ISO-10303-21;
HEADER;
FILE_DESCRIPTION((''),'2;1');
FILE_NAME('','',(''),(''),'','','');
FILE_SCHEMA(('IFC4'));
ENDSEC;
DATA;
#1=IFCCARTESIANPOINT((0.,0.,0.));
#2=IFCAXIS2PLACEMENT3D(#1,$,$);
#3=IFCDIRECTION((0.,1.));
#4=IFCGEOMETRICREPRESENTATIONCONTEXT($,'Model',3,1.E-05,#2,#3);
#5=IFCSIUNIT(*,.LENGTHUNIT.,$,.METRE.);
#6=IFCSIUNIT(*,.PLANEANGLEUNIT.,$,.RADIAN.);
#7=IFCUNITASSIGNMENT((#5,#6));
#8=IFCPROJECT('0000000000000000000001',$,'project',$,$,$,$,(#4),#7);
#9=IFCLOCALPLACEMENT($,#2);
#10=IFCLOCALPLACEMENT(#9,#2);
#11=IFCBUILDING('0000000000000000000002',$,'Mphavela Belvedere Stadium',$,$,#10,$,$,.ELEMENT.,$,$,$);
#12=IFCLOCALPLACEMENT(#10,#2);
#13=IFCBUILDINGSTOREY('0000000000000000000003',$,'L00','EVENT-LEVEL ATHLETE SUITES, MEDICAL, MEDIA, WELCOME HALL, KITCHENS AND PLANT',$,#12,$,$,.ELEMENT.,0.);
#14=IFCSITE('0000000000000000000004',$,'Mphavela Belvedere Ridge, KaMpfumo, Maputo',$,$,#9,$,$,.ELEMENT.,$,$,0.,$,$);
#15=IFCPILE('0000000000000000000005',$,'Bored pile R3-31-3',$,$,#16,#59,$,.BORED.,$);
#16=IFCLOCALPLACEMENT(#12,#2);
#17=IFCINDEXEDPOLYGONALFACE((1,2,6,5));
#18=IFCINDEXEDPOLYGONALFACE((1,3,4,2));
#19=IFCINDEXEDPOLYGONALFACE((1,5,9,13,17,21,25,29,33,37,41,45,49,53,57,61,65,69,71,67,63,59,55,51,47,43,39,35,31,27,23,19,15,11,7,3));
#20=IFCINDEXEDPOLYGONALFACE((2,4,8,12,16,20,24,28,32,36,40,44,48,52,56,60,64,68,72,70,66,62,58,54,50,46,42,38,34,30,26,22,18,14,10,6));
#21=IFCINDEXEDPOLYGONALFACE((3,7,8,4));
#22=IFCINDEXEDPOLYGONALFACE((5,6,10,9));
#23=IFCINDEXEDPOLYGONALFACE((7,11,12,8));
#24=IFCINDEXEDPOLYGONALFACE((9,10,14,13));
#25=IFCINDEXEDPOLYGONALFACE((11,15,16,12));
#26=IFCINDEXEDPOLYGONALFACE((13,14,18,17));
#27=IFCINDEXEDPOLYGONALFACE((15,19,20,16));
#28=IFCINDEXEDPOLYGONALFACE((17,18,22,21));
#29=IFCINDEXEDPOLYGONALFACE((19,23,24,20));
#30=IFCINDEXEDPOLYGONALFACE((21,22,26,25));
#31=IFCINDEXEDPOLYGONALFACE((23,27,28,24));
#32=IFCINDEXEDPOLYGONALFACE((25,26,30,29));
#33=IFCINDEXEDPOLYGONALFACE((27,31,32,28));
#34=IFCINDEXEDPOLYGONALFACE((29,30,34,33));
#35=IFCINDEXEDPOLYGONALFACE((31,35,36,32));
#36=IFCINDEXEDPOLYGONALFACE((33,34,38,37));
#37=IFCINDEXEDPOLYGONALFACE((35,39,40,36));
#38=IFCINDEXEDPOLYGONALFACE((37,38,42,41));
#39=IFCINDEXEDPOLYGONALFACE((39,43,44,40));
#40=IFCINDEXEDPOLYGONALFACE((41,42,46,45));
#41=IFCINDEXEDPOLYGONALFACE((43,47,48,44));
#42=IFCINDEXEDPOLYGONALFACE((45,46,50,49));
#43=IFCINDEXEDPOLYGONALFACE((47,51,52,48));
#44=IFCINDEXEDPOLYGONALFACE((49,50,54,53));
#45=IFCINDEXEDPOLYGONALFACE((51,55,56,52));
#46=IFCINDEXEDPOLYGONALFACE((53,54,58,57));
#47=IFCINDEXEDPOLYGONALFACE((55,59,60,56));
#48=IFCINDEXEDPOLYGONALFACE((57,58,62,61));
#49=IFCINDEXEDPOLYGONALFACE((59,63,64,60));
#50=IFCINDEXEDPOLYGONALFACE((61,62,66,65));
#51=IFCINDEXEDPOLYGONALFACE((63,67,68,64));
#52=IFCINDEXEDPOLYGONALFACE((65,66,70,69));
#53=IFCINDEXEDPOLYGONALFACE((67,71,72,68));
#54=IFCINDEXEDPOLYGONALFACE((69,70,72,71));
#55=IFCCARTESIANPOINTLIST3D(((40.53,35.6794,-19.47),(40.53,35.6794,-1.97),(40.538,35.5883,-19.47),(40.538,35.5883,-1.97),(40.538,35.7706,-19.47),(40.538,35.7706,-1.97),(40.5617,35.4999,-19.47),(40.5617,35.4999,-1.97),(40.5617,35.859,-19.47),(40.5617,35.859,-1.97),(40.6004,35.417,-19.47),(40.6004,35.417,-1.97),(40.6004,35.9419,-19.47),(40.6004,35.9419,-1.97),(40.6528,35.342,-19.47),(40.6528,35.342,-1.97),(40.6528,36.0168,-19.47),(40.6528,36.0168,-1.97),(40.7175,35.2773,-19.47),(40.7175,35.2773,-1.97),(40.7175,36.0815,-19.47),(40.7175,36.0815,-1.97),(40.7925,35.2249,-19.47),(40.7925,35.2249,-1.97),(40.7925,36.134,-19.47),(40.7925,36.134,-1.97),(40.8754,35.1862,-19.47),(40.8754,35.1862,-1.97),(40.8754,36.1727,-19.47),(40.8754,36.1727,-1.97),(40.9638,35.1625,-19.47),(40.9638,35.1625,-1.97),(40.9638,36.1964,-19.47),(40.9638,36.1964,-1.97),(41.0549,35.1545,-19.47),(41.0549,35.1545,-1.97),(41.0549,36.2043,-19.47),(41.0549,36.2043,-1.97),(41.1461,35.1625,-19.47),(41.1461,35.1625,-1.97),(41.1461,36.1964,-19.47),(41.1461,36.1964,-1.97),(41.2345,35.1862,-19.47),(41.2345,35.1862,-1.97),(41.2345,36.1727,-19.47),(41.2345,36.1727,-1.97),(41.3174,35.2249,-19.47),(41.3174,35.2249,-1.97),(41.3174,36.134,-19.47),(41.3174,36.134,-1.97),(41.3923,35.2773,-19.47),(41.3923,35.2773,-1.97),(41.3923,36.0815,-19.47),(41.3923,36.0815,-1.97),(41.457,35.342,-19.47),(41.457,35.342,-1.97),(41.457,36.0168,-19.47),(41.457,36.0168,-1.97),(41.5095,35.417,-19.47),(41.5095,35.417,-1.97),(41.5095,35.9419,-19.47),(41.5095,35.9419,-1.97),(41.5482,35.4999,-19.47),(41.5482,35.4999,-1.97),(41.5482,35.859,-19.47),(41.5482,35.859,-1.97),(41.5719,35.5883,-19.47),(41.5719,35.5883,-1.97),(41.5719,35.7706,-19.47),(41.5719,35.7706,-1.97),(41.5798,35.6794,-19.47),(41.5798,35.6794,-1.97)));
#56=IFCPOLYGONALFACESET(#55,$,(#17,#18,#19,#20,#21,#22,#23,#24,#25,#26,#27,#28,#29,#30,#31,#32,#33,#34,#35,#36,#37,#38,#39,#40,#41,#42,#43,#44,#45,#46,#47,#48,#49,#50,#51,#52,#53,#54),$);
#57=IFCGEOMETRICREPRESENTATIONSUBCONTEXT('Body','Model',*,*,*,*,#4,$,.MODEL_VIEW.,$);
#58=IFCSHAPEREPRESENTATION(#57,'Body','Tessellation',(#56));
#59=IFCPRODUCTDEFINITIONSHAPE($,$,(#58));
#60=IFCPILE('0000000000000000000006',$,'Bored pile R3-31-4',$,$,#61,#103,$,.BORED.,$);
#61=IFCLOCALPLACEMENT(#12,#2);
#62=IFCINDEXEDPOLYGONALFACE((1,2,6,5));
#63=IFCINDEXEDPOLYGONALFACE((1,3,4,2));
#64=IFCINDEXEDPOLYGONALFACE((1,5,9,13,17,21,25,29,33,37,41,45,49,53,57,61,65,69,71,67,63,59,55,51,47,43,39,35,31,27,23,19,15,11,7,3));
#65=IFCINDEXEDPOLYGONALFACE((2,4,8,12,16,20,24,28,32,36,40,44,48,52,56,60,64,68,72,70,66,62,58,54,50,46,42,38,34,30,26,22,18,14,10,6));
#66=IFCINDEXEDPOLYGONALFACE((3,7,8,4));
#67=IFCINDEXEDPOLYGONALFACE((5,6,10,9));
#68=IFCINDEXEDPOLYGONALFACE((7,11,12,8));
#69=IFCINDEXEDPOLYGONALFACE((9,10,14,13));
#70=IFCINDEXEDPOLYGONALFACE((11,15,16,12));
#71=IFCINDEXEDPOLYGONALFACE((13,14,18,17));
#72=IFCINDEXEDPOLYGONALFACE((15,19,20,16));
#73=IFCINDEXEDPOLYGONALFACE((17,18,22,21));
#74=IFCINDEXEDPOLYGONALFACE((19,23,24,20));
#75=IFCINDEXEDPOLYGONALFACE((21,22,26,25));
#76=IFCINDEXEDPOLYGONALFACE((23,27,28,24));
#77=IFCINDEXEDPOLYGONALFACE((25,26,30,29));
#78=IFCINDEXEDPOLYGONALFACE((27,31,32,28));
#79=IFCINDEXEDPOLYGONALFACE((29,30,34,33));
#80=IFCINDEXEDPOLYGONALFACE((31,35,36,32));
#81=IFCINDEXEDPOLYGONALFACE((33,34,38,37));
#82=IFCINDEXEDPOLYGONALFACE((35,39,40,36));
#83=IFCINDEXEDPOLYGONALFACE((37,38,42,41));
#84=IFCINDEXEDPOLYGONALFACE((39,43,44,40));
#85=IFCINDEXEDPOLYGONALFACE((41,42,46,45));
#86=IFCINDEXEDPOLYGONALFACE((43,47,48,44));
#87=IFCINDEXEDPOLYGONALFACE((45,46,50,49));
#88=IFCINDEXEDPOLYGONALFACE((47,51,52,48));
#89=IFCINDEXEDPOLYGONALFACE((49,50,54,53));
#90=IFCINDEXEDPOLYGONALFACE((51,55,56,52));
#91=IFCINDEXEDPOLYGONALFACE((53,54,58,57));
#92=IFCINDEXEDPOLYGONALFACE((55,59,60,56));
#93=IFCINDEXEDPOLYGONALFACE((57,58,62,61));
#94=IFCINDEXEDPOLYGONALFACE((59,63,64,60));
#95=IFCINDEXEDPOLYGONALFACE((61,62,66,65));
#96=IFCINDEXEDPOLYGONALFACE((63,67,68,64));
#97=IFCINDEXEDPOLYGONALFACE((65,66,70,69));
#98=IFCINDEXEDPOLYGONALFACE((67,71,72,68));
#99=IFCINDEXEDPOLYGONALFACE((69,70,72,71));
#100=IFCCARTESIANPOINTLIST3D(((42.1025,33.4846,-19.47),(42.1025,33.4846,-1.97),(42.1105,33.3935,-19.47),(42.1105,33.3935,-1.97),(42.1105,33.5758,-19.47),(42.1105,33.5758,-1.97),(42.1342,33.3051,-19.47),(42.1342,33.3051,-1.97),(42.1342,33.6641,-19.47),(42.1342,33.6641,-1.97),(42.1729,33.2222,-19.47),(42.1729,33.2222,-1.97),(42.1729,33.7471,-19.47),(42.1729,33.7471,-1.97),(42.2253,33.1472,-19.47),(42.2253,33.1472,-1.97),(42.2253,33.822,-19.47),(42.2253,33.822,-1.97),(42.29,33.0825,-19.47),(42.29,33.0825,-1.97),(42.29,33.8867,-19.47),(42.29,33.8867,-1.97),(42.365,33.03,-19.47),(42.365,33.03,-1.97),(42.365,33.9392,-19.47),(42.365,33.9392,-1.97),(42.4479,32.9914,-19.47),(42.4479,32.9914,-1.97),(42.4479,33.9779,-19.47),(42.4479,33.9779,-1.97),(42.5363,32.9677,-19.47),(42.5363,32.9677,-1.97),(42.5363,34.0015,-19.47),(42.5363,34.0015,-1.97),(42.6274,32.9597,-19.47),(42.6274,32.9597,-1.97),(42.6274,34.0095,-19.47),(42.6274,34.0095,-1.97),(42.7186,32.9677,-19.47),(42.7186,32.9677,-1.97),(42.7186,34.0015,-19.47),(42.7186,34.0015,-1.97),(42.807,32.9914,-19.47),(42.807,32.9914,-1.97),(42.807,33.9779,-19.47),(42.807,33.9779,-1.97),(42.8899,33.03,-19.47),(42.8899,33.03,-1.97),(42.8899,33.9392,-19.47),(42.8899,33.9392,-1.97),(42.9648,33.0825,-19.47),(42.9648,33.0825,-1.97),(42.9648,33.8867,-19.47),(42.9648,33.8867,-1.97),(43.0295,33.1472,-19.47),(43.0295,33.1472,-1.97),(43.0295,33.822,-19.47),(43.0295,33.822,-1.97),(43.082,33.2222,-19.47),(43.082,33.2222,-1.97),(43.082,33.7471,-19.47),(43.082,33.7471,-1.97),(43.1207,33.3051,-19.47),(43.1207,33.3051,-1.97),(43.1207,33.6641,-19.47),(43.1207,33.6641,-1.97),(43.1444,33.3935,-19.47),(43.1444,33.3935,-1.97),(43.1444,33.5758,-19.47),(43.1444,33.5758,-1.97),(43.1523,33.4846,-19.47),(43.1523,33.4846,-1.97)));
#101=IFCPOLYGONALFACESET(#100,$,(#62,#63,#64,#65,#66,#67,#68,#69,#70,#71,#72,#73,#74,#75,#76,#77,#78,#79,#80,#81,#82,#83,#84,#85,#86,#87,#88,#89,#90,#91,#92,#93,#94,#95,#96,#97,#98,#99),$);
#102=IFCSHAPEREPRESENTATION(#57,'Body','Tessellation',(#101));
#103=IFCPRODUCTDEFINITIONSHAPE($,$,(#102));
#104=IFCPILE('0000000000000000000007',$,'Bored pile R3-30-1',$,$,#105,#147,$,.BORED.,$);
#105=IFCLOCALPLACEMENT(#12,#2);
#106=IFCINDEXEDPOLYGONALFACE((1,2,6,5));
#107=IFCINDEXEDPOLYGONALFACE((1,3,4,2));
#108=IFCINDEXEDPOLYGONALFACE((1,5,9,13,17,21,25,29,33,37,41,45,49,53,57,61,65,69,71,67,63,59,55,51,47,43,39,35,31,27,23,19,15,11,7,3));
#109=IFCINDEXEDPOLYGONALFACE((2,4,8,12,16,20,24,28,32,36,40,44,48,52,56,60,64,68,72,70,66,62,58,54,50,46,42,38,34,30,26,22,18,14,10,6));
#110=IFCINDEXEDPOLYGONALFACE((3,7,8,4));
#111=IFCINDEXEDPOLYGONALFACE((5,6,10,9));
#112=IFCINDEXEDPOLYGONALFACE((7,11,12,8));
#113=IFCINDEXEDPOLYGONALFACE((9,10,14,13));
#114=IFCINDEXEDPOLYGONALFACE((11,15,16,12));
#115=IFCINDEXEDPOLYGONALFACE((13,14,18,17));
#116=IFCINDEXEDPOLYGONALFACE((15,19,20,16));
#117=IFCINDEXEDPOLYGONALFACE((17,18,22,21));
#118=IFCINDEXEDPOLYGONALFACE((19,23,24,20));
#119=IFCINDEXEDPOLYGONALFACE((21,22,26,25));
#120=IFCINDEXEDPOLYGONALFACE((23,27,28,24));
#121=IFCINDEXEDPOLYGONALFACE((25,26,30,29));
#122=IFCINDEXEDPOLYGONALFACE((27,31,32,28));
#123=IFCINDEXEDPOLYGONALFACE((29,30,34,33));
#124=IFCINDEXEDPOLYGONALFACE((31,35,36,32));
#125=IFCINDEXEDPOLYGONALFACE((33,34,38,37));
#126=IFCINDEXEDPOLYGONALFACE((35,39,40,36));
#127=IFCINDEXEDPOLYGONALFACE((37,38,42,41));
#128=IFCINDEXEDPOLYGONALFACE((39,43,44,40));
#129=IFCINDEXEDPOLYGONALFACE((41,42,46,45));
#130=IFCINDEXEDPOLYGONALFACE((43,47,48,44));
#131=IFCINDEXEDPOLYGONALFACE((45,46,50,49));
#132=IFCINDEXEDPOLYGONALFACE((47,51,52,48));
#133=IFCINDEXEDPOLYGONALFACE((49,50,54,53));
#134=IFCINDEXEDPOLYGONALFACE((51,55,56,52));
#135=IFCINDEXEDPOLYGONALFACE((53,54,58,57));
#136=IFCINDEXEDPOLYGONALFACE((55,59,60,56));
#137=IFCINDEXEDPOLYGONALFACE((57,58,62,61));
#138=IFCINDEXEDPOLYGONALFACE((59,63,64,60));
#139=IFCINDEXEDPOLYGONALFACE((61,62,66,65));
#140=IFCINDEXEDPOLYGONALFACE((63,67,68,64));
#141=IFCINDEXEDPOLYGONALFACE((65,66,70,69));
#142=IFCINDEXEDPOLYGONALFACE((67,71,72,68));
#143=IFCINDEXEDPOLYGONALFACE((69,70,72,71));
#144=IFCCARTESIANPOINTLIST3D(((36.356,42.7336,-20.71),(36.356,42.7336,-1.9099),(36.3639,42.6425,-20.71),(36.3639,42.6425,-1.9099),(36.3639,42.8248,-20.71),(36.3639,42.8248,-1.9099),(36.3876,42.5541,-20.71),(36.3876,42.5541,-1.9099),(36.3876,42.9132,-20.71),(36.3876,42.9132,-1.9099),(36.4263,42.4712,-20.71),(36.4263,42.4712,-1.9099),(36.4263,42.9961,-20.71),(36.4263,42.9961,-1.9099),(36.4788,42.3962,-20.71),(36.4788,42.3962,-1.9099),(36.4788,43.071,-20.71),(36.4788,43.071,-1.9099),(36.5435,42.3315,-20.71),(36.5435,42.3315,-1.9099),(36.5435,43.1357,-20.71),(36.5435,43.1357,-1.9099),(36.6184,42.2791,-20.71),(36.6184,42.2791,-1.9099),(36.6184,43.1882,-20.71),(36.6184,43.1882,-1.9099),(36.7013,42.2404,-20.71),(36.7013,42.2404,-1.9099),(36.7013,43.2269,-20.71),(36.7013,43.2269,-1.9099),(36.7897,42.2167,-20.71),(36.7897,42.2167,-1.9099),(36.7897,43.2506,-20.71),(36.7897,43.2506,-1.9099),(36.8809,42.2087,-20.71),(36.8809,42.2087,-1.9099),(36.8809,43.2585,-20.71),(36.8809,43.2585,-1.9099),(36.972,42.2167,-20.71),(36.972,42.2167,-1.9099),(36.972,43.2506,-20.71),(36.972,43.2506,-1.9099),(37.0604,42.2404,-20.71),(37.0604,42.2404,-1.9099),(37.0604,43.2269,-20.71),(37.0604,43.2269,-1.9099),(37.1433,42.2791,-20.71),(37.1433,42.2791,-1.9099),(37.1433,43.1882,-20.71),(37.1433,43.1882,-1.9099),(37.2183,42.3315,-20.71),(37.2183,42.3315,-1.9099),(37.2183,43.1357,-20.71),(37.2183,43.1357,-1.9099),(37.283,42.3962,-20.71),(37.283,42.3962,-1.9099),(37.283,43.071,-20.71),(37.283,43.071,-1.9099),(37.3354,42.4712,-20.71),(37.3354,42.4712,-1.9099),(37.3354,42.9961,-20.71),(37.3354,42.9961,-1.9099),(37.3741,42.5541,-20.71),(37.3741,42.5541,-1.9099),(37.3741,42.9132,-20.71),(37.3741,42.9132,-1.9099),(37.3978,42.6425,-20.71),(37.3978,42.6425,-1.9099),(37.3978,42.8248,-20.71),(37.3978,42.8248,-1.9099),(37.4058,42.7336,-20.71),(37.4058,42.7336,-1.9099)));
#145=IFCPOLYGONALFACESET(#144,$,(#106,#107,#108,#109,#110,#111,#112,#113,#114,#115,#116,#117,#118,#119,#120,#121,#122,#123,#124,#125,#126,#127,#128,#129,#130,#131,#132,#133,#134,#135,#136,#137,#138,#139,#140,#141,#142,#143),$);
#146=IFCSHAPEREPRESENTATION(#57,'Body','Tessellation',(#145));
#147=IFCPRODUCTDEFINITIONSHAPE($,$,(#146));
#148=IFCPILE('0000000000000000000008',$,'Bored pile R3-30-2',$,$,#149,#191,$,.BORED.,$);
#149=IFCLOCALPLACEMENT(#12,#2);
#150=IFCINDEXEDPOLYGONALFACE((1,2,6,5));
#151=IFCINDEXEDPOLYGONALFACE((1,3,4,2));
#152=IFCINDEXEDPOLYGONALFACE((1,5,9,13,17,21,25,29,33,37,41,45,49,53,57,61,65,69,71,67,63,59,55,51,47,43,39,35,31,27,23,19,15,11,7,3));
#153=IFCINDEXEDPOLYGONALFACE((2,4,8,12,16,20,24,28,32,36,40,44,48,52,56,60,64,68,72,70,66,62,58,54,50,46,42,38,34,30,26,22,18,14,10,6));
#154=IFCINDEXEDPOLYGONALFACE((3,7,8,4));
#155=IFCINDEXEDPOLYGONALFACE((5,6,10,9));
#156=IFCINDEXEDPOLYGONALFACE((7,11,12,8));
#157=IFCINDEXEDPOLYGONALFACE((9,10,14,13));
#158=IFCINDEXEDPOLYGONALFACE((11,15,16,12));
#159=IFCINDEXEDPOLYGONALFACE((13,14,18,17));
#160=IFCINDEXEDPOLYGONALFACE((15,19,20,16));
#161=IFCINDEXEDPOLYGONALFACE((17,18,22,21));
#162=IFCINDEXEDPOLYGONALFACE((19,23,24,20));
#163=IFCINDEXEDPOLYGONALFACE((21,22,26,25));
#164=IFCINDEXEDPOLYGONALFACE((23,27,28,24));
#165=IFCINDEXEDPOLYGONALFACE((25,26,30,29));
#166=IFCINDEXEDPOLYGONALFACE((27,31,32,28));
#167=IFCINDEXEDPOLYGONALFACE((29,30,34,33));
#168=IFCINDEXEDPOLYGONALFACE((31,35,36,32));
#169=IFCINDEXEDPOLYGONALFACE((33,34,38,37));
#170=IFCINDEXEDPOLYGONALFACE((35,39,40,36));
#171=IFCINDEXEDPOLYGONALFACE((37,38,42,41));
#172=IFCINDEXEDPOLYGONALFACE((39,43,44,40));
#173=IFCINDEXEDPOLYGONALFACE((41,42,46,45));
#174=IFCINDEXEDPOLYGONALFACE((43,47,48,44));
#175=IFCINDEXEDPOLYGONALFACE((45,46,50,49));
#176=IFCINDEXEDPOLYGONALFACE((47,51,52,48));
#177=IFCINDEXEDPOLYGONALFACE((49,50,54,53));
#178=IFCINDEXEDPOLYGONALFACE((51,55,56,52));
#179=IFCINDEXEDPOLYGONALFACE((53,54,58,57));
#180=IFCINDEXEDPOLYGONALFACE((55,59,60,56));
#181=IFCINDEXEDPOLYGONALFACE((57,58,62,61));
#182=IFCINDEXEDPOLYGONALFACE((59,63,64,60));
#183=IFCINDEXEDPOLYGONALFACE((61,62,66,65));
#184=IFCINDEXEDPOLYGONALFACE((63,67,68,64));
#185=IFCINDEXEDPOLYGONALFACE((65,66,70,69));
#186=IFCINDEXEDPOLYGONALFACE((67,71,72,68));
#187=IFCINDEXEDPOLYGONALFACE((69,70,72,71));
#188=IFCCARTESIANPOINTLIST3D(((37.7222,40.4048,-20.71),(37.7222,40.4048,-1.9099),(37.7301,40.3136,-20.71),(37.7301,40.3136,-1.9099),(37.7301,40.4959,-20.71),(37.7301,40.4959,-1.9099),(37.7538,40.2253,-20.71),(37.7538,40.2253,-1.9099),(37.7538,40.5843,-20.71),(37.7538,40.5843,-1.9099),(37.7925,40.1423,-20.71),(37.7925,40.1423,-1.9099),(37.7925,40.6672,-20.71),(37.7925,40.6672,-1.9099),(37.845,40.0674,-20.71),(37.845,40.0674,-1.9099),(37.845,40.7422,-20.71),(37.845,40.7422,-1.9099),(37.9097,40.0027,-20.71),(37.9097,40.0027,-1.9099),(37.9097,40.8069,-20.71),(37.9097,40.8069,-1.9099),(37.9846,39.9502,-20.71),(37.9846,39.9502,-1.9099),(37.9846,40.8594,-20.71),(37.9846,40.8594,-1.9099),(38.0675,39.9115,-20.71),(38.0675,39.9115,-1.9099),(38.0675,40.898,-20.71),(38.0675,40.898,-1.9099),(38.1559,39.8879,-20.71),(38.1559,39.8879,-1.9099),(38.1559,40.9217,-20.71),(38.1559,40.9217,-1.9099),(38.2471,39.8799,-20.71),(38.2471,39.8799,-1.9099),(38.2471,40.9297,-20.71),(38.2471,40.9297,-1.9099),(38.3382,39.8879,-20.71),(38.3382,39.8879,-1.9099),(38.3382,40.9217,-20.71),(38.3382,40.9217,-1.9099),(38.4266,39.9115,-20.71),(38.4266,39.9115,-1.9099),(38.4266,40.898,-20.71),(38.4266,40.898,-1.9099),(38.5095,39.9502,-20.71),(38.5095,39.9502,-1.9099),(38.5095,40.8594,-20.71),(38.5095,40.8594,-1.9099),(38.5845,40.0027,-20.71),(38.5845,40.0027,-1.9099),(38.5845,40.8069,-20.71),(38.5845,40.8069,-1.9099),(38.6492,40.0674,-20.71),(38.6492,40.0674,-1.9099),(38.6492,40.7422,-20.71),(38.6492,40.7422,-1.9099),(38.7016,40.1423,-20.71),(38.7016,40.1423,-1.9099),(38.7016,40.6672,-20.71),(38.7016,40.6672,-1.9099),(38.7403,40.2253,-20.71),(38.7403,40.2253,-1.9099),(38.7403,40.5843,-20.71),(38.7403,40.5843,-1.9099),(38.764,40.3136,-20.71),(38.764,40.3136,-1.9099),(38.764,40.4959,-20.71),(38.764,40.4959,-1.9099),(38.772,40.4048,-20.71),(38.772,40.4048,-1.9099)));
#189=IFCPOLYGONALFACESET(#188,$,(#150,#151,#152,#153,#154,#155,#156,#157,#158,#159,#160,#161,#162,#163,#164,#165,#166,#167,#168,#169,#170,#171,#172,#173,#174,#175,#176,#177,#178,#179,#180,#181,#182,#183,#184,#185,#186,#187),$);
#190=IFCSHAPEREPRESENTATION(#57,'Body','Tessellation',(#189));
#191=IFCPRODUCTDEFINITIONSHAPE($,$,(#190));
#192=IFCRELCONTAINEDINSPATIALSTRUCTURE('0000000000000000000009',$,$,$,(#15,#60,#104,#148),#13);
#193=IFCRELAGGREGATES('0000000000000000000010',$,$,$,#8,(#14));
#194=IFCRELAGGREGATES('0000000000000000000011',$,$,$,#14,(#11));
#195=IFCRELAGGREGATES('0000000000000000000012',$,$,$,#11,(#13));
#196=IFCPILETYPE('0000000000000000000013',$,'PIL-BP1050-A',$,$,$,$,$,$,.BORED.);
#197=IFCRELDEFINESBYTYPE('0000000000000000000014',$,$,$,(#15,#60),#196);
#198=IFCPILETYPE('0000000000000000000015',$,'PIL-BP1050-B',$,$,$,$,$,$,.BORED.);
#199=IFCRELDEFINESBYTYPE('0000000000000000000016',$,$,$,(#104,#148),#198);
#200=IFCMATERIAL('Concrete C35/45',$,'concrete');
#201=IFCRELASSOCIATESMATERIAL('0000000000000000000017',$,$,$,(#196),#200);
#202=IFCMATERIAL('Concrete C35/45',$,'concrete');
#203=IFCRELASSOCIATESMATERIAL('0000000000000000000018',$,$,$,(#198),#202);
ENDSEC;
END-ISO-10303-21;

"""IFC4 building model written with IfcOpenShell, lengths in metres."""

from ifc_helpers import new_model, si_unit, direction, frame, origin, origin_2d, place, context, subcontext, project, spatial, circle, extrude, material, material_profile, profile_set, type_object, element, save


model = new_model("IFC4")

# Units and contexts
model_context = context("Model", 3, precision=1e-05, world=origin(), true_north=direction((0.0, 1.0)))
body_context = subcontext(model_context, "Body", "Model", "MODEL_VIEW")
ifc_project = project(units=[si_unit("LENGTHUNIT", "METRE"), si_unit("PLANEANGLEUNIT", "RADIAN")], contexts=[model_context])

# Site, building, storey
site_placement = place(None, origin())
site = spatial("IfcSite", under=ifc_project, at=site_placement, Name="Mphavela Belvedere Ridge, KaMpfumo, Maputo", CompositionType="ELEMENT", RefElevation=0.0)
building_placement = place(site_placement, origin())
building = spatial("IfcBuilding", under=site, at=building_placement, Name="Mphavela Belvedere Stadium", CompositionType="ELEMENT")
storey_placement = place(building_placement, origin())
storey = spatial("IfcBuildingStorey", under=building, at=storey_placement, Name="L00", Description="EVENT-LEVEL ATHLETE SUITES, MEDICAL, MEDIA, WELCOME HALL, KITCHENS AND PLANT", CompositionType="ELEMENT", Elevation=0.0)

# Piles
ifc_material_1 = material(Name="Concrete C35/45", Category="concrete")
ifc_material_profile_1 = material_profile(ifc_material_1, circle(Radius=0.5249, at=origin_2d()), Name="BP D1050")
ifc_profile_set_1 = profile_set([ifc_material_profile_1], Name="Concrete C35/45")
pile_type_1 = type_object("IfcPileType", Name="PIL-BP1050-A", PredefinedType="BORED", material=ifc_profile_set_1)
for number, where, z_axis, x_axis, name in (
    (1, (41.0549, 35.6794, -1.97), (0.0, 0.0, -1.0), (1.0, 0.0, 0.0), "Bored pile R3-31-3"),
    (2, (42.6274, 33.4846, -1.97), (0.0, 0.0, -1.0), (1.0, 0.0, 0.0), "Bored pile R3-31-4"),
):
    element("IfcPile", number, at=place(storey_placement, frame(where, z_axis=z_axis, x_axis=x_axis)), inside=storey, type_object=pile_type_1, Name=name, PredefinedType="BORED", context=body_context, shape_type="SweptSolid", body=[
        extrude(circle(Radius=0.5249, at=origin_2d()), origin(), (0.0, 0.0, 1.0), 17.5),
    ])
ifc_material_2 = material(Name="Concrete C35/45", Category="concrete")
ifc_material_profile_2 = material_profile(ifc_material_2, circle(Radius=0.5249, at=origin_2d()), Name="BP D1050")
ifc_profile_set_2 = profile_set([ifc_material_profile_2], Name="Concrete C35/45")
pile_type_2 = type_object("IfcPileType", Name="PIL-BP1050-B", PredefinedType="BORED", material=ifc_profile_set_2)
for number, where, z_axis, x_axis, name in (
    (3, (36.8809, 42.7336, -1.9099), (0.0, 0.0, -1.0), (1.0, 0.0, 0.0), "Bored pile R3-30-1"),
    (4, (38.2471, 40.4048, -1.9099), (0.0, 0.0, -1.0), (1.0, 0.0, 0.0), "Bored pile R3-30-2"),
):
    element("IfcPile", number, at=place(storey_placement, frame(where, z_axis=z_axis, x_axis=x_axis)), inside=storey, type_object=pile_type_2, Name=name, PredefinedType="BORED", context=body_context, shape_type="SweptSolid", body=[
        extrude(circle(Radius=0.5249, at=origin_2d()), origin(), (0.0, 0.0, 1.0), 18.8),
    ])

save(model, "model.ifc")
